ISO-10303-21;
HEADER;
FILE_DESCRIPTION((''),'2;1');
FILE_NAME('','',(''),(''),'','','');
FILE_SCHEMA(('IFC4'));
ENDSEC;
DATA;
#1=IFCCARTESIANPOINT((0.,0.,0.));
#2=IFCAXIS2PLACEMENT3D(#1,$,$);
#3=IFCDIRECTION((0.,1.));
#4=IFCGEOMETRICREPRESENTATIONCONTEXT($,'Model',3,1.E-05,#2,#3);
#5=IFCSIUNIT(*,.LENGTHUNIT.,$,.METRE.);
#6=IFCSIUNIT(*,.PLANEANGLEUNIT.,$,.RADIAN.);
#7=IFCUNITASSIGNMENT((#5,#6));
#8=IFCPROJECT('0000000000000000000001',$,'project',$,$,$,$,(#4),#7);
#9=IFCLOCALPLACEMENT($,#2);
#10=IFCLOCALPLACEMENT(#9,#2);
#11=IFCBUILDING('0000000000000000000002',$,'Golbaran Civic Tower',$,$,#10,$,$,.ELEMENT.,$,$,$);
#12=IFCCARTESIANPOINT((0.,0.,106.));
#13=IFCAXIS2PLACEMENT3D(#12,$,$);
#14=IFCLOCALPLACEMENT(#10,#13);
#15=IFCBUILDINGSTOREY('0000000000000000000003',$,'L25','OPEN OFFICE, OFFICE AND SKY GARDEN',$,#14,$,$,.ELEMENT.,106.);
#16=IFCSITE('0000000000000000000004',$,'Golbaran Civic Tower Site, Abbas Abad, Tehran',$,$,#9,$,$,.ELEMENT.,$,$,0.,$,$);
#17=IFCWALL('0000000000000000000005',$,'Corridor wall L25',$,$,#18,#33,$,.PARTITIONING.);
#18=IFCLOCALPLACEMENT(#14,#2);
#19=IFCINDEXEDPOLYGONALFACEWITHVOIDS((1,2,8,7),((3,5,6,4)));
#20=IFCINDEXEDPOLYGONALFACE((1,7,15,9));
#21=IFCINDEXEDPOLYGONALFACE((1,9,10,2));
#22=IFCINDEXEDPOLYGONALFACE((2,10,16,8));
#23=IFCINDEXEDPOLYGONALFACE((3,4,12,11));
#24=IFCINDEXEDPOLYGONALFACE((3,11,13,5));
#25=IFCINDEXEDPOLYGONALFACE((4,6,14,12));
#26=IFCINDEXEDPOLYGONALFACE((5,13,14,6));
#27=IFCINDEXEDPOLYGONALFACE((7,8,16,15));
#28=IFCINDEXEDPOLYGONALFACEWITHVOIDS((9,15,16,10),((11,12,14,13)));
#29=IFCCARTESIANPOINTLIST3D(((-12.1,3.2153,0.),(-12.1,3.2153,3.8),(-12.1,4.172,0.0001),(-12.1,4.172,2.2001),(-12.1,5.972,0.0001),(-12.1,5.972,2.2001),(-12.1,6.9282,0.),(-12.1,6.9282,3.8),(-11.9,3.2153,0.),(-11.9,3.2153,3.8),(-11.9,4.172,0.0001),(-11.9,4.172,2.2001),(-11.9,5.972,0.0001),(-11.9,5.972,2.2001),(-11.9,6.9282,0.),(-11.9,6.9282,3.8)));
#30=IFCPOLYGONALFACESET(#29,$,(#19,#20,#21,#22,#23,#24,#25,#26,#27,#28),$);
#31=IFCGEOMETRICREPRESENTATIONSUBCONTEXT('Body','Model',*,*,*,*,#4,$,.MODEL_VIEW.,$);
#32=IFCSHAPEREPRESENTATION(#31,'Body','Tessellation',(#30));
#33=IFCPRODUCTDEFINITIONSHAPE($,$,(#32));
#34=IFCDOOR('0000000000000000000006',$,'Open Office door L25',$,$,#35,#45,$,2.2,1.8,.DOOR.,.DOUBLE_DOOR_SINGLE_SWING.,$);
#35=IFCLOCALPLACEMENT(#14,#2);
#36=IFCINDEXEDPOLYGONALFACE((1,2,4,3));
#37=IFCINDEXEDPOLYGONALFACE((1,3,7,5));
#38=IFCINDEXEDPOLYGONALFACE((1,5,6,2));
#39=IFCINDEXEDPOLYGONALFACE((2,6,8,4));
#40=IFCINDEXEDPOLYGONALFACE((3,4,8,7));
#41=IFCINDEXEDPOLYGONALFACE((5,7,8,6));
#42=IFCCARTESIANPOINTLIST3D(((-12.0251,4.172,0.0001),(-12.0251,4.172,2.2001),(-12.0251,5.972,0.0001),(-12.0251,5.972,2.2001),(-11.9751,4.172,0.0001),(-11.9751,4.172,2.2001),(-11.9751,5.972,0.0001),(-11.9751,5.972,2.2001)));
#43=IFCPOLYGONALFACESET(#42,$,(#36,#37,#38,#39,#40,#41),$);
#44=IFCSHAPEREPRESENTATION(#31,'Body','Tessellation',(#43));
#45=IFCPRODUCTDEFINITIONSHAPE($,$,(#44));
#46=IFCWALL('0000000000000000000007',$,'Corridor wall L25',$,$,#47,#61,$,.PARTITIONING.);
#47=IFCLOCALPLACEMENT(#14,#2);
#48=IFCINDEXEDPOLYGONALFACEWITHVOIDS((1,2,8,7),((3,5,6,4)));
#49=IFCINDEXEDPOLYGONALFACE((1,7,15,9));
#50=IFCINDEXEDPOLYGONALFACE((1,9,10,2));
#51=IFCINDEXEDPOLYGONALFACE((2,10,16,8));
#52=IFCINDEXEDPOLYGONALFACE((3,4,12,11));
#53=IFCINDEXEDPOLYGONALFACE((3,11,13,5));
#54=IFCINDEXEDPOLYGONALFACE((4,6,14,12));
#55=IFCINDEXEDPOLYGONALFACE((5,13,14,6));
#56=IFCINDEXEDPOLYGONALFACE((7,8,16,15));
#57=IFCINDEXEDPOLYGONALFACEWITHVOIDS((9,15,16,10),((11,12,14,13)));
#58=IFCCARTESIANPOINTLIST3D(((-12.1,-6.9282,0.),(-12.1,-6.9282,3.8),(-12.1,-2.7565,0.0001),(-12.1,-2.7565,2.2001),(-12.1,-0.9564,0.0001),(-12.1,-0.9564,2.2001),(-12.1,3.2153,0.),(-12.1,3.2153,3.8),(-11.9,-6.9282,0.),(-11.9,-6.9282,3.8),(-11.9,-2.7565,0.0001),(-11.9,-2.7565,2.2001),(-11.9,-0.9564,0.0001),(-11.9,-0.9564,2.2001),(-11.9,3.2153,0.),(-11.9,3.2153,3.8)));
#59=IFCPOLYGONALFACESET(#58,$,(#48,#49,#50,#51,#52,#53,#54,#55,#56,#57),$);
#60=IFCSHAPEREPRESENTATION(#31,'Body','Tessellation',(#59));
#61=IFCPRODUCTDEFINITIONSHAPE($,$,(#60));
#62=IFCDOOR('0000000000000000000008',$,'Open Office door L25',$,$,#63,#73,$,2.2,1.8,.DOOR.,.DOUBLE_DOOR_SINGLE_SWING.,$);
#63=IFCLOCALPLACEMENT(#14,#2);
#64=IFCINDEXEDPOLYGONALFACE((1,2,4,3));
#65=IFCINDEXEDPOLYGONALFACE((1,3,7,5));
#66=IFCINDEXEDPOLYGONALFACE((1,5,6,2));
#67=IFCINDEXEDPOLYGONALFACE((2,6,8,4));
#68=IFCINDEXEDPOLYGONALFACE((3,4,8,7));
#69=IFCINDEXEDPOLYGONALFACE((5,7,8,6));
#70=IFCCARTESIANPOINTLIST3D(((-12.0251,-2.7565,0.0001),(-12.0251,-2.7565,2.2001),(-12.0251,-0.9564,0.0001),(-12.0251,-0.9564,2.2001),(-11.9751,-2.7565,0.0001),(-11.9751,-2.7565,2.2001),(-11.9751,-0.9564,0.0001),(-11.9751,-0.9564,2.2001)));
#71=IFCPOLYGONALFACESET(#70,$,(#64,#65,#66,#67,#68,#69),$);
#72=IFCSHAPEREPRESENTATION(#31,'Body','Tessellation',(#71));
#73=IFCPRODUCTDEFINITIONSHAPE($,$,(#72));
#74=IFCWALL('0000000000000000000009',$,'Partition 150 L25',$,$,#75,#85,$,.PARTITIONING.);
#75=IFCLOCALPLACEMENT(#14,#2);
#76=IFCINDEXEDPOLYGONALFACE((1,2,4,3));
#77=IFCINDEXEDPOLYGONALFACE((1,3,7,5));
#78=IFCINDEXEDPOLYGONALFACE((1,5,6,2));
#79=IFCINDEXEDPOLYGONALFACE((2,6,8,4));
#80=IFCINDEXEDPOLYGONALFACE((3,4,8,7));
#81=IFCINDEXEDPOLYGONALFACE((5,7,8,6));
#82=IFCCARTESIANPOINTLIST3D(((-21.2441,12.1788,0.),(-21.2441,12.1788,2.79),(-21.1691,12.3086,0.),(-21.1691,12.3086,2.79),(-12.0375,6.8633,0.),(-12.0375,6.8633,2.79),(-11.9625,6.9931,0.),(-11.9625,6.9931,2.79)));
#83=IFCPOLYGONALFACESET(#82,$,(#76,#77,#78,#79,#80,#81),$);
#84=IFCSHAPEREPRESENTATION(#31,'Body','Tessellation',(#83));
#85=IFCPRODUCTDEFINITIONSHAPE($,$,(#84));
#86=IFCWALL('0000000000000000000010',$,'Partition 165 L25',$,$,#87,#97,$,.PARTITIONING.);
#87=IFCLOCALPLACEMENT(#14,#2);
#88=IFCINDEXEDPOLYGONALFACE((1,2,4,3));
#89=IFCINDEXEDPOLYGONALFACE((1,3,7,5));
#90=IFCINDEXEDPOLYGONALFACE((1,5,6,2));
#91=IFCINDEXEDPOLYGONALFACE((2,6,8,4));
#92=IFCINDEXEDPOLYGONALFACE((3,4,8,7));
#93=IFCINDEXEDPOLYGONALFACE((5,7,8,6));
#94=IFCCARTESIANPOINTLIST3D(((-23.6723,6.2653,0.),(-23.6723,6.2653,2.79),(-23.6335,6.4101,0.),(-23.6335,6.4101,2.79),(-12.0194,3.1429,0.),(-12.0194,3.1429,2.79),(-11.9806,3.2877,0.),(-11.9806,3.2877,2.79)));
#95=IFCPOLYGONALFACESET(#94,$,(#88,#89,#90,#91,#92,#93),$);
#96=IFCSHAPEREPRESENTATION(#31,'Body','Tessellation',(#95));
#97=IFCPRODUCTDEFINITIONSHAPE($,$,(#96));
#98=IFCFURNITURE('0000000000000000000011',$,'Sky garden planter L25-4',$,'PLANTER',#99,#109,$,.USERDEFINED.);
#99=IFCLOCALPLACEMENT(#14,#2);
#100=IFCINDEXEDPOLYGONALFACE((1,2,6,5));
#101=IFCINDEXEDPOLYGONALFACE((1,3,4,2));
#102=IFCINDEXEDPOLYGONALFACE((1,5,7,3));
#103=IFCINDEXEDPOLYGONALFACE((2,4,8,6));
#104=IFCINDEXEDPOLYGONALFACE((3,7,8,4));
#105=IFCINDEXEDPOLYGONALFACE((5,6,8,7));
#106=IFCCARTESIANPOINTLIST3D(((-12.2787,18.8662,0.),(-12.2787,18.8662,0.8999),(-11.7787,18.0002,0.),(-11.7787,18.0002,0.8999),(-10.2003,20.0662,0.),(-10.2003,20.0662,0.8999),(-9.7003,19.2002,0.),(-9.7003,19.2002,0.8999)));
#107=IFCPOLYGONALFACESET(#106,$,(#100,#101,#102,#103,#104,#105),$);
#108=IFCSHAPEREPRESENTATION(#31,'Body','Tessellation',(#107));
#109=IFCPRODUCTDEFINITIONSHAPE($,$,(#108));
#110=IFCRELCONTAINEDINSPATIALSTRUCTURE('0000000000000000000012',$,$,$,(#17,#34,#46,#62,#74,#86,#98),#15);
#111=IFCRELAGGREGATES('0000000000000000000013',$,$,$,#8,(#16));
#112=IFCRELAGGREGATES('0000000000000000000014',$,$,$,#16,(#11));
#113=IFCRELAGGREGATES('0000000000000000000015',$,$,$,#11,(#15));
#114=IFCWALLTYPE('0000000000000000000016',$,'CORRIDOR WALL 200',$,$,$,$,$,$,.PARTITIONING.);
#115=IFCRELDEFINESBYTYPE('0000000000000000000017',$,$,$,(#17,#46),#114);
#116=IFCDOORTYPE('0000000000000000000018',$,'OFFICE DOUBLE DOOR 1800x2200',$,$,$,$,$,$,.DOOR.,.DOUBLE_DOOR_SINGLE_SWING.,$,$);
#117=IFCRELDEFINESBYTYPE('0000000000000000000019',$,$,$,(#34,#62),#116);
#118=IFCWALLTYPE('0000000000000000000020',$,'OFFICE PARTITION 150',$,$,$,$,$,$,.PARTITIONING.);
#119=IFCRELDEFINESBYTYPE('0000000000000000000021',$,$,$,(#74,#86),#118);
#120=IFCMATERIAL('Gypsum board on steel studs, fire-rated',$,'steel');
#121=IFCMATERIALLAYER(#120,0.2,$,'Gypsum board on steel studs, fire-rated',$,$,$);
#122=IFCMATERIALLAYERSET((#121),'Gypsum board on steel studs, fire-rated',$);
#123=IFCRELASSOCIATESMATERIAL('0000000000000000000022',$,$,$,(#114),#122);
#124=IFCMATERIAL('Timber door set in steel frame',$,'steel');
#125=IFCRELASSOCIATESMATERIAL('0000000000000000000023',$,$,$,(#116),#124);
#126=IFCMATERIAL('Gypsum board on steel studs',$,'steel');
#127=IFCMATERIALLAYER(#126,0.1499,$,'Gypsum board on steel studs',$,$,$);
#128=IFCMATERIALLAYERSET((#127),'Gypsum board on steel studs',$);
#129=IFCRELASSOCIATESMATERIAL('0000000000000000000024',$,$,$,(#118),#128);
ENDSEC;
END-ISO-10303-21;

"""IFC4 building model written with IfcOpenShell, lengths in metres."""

from ifc_helpers import new_model, si_unit, direction, frame, frame_2d, origin, origin_2d, place, context, subcontext, project, spatial, rectangle, extrude, material, layer, layer_set, type_object, element, fill, save


model = new_model("IFC4")

# Units and contexts
model_context = context("Model", 3, precision=1e-05, world=origin(), true_north=direction((0.0, 1.0)))
body_context = subcontext(model_context, "Body", "Model", "MODEL_VIEW")
ifc_project = project(units=[si_unit("LENGTHUNIT", "METRE"), si_unit("PLANEANGLEUNIT", "RADIAN")], contexts=[model_context])

# Site, building, storey
site_placement = place(None, origin())
site = spatial("IfcSite", under=ifc_project, at=site_placement, Name="Golbaran Civic Tower Site, Abbas Abad, Tehran", CompositionType="ELEMENT", RefElevation=0.0)
building_placement = place(site_placement, origin())
building = spatial("IfcBuilding", under=site, at=building_placement, Name="Golbaran Civic Tower", CompositionType="ELEMENT")
storey_placement = place(building_placement, frame((0.0, 0.0, 106.0)))
storey = spatial("IfcBuildingStorey", under=building, at=storey_placement, Name="L25", Description="OPEN OFFICE, OFFICE AND SKY GARDEN", CompositionType="ELEMENT", Elevation=106.0)

# Shared definitions
ifc_material_1 = material(Name="Timber door set in steel frame", Category="steel")

# Walls, openings, doors
ifc_material_2 = material(Name="Gypsum board on steel studs, fire-rated", Category="steel")
ifc_layer_1 = layer(ifc_material_2, 0.2, Name="Gypsum board on steel studs, fire-rated")
ifc_layer_set_1 = layer_set([ifc_layer_1], Name="Gypsum board on steel studs, fire-rated")
wall_type_1 = type_object("IfcWallType", Name="CORRIDOR WALL 200", PredefinedType="PARTITIONING", material=ifc_layer_set_1)
wall_1_placement = place(storey_placement, frame((-12.0, 6.9282, 0.0), z_axis=(0.0, 0.0, 1.0), x_axis=(0.0, -1.0, 0.0)))
wall_1 = element("IfcWall", 1, at=wall_1_placement, inside=storey, type_object=wall_type_1, Name="Corridor wall L25", PredefinedType="PARTITIONING", context=body_context, shape_type="SweptSolid", body=[
    extrude(rectangle(XDim=3.7129, YDim=0.2, at=frame_2d((1.8564, 0.0))), origin(), (0.0, 0.0, 1.0), 3.8),
])
opening_1_placement = place(wall_1_placement, frame((0.9563, 0.0, 0.0)))
opening_1 = element("IfcOpeningElement", 2, at=opening_1_placement, cuts=wall_1, PredefinedType="OPENING", context=body_context, shape_type="SweptSolid", body=[
    extrude(rectangle(XDim=1.8, YDim=2.2, at=frame_2d((0.8999, 1.1001))), frame((0.0, 0.1099, 0.0), z_axis=(0.0, -1.0, 0.0), x_axis=(1.0, 0.0, 0.0)), (0.0, 0.0, 1.0), 0.22),
])
door_type_1 = type_object("IfcDoorType", Name="OFFICE DOUBLE DOOR 1800x2200", OperationType="DOUBLE_DOOR_SINGLE_SWING", PredefinedType="DOOR", material=ifc_material_1)
door_1_placement = place(opening_1_placement, origin())
door_1 = element("IfcDoor", 3, at=door_1_placement, inside=storey, type_object=door_type_1, Name="Open Office door L25", OperationType="DOUBLE_DOOR_SINGLE_SWING", OverallHeight=2.2, OverallWidth=1.8, PredefinedType="DOOR", context=body_context, shape_type="SweptSolid", body=[
    extrude(rectangle(XDim=1.8, YDim=2.2, at=frame_2d((0.8999, 1.1001))), frame((0.0, 0.0249, 0.0), z_axis=(0.0, -1.0, 0.0), x_axis=(1.0, 0.0, 0.0)), (0.0, 0.0, 1.0), 0.05),
])
fill(opening_1, door_1)
wall_2_placement = place(storey_placement, frame((-12.0, 3.2153, 0.0), z_axis=(0.0, 0.0, 1.0), x_axis=(0.0, -1.0, 0.0)))
wall_2 = element("IfcWall", 4, at=wall_2_placement, inside=storey, type_object=wall_type_1, Name="Corridor wall L25", PredefinedType="PARTITIONING", context=body_context, shape_type="SweptSolid", body=[
    extrude(rectangle(XDim=10.1436, YDim=0.2, at=frame_2d((5.0718, 0.0))), origin(), (0.0, 0.0, 1.0), 3.8),
])
opening_2_placement = place(wall_2_placement, frame((4.1719, 0.0, 0.0)))
opening_2 = element("IfcOpeningElement", 5, at=opening_2_placement, cuts=wall_2, PredefinedType="OPENING", context=body_context, shape_type="SweptSolid", body=[
    extrude(rectangle(XDim=1.8, YDim=2.2, at=frame_2d((0.8999, 1.1001))), frame((0.0, 0.1099, 0.0), z_axis=(0.0, -1.0, 0.0), x_axis=(1.0, 0.0, 0.0)), (0.0, 0.0, 1.0), 0.22),
])
door_2_placement = place(opening_2_placement, origin())
door_2 = element("IfcDoor", 6, at=door_2_placement, inside=storey, type_object=door_type_1, Name="Open Office door L25", OperationType="DOUBLE_DOOR_SINGLE_SWING", OverallHeight=2.2, OverallWidth=1.8, PredefinedType="DOOR", context=body_context, shape_type="SweptSolid", body=[
    extrude(rectangle(XDim=1.8, YDim=2.2, at=frame_2d((0.8999, 1.1001))), frame((0.0, 0.0249, 0.0), z_axis=(0.0, -1.0, 0.0), x_axis=(1.0, 0.0, 0.0)), (0.0, 0.0, 1.0), 0.05),
])
fill(opening_2, door_2)

# Walls
ifc_material_3 = material(Name="Gypsum board on steel studs", Category="steel")
ifc_layer_2 = layer(ifc_material_3, 0.1499, Name="Gypsum board on steel studs")
ifc_layer_set_2 = layer_set([ifc_layer_2], Name="Gypsum board on steel studs")
wall_type_2 = type_object("IfcWallType", Name="OFFICE PARTITION 150", PredefinedType="PARTITIONING", material=ifc_layer_set_2)
wall_3_placement = place(storey_placement, frame((-12.0, 6.9282, 0.0), z_axis=(0.0, 0.0, 1.0), x_axis=(-0.866024, 0.500002, 0.0)))
element("IfcWall", 7, at=wall_3_placement, inside=storey, type_object=wall_type_2, Name="Partition 150 L25", PredefinedType="PARTITIONING", context=body_context, shape_type="SweptSolid", body=[
    extrude(rectangle(XDim=10.6309, YDim=0.1499, at=frame_2d((5.3154, 0.0))), origin(), (0.0, 0.0, 1.0), 2.79),
])
wall_4_placement = place(storey_placement, frame((-12.0, 3.2153, 0.0), z_axis=(0.0, 0.0, 1.0), x_axis=(-0.965927, 0.258815, 0.0)))
element("IfcWall", 8, at=wall_4_placement, inside=storey, type_object=wall_type_2, Name="Partition 165 L25", PredefinedType="PARTITIONING", context=body_context, shape_type="SweptSolid", body=[
    extrude(rectangle(XDim=12.064, YDim=0.1499, at=frame_2d((6.032, 0.0))), origin(), (0.0, 0.0, 1.0), 2.79),
])

# Furniture
furniture_placement = place(storey_placement, frame((-10.9895, 19.0332, 0.0), z_axis=(0.0, 0.0, 1.0), x_axis=(-0.86601, -0.500027, 0.0)))
element("IfcFurniture", 9, at=furniture_placement, inside=storey, Name="Sky garden planter L25-4", ObjectType="PLANTER", PredefinedType="USERDEFINED", context=body_context, shape_type="SweptSolid", body=[
    extrude(rectangle(XDim=2.3999, YDim=1.0, at=origin_2d()), origin(), (0.0, 0.0, 1.0), 0.8999),
])

save(model, "model.ifc")
